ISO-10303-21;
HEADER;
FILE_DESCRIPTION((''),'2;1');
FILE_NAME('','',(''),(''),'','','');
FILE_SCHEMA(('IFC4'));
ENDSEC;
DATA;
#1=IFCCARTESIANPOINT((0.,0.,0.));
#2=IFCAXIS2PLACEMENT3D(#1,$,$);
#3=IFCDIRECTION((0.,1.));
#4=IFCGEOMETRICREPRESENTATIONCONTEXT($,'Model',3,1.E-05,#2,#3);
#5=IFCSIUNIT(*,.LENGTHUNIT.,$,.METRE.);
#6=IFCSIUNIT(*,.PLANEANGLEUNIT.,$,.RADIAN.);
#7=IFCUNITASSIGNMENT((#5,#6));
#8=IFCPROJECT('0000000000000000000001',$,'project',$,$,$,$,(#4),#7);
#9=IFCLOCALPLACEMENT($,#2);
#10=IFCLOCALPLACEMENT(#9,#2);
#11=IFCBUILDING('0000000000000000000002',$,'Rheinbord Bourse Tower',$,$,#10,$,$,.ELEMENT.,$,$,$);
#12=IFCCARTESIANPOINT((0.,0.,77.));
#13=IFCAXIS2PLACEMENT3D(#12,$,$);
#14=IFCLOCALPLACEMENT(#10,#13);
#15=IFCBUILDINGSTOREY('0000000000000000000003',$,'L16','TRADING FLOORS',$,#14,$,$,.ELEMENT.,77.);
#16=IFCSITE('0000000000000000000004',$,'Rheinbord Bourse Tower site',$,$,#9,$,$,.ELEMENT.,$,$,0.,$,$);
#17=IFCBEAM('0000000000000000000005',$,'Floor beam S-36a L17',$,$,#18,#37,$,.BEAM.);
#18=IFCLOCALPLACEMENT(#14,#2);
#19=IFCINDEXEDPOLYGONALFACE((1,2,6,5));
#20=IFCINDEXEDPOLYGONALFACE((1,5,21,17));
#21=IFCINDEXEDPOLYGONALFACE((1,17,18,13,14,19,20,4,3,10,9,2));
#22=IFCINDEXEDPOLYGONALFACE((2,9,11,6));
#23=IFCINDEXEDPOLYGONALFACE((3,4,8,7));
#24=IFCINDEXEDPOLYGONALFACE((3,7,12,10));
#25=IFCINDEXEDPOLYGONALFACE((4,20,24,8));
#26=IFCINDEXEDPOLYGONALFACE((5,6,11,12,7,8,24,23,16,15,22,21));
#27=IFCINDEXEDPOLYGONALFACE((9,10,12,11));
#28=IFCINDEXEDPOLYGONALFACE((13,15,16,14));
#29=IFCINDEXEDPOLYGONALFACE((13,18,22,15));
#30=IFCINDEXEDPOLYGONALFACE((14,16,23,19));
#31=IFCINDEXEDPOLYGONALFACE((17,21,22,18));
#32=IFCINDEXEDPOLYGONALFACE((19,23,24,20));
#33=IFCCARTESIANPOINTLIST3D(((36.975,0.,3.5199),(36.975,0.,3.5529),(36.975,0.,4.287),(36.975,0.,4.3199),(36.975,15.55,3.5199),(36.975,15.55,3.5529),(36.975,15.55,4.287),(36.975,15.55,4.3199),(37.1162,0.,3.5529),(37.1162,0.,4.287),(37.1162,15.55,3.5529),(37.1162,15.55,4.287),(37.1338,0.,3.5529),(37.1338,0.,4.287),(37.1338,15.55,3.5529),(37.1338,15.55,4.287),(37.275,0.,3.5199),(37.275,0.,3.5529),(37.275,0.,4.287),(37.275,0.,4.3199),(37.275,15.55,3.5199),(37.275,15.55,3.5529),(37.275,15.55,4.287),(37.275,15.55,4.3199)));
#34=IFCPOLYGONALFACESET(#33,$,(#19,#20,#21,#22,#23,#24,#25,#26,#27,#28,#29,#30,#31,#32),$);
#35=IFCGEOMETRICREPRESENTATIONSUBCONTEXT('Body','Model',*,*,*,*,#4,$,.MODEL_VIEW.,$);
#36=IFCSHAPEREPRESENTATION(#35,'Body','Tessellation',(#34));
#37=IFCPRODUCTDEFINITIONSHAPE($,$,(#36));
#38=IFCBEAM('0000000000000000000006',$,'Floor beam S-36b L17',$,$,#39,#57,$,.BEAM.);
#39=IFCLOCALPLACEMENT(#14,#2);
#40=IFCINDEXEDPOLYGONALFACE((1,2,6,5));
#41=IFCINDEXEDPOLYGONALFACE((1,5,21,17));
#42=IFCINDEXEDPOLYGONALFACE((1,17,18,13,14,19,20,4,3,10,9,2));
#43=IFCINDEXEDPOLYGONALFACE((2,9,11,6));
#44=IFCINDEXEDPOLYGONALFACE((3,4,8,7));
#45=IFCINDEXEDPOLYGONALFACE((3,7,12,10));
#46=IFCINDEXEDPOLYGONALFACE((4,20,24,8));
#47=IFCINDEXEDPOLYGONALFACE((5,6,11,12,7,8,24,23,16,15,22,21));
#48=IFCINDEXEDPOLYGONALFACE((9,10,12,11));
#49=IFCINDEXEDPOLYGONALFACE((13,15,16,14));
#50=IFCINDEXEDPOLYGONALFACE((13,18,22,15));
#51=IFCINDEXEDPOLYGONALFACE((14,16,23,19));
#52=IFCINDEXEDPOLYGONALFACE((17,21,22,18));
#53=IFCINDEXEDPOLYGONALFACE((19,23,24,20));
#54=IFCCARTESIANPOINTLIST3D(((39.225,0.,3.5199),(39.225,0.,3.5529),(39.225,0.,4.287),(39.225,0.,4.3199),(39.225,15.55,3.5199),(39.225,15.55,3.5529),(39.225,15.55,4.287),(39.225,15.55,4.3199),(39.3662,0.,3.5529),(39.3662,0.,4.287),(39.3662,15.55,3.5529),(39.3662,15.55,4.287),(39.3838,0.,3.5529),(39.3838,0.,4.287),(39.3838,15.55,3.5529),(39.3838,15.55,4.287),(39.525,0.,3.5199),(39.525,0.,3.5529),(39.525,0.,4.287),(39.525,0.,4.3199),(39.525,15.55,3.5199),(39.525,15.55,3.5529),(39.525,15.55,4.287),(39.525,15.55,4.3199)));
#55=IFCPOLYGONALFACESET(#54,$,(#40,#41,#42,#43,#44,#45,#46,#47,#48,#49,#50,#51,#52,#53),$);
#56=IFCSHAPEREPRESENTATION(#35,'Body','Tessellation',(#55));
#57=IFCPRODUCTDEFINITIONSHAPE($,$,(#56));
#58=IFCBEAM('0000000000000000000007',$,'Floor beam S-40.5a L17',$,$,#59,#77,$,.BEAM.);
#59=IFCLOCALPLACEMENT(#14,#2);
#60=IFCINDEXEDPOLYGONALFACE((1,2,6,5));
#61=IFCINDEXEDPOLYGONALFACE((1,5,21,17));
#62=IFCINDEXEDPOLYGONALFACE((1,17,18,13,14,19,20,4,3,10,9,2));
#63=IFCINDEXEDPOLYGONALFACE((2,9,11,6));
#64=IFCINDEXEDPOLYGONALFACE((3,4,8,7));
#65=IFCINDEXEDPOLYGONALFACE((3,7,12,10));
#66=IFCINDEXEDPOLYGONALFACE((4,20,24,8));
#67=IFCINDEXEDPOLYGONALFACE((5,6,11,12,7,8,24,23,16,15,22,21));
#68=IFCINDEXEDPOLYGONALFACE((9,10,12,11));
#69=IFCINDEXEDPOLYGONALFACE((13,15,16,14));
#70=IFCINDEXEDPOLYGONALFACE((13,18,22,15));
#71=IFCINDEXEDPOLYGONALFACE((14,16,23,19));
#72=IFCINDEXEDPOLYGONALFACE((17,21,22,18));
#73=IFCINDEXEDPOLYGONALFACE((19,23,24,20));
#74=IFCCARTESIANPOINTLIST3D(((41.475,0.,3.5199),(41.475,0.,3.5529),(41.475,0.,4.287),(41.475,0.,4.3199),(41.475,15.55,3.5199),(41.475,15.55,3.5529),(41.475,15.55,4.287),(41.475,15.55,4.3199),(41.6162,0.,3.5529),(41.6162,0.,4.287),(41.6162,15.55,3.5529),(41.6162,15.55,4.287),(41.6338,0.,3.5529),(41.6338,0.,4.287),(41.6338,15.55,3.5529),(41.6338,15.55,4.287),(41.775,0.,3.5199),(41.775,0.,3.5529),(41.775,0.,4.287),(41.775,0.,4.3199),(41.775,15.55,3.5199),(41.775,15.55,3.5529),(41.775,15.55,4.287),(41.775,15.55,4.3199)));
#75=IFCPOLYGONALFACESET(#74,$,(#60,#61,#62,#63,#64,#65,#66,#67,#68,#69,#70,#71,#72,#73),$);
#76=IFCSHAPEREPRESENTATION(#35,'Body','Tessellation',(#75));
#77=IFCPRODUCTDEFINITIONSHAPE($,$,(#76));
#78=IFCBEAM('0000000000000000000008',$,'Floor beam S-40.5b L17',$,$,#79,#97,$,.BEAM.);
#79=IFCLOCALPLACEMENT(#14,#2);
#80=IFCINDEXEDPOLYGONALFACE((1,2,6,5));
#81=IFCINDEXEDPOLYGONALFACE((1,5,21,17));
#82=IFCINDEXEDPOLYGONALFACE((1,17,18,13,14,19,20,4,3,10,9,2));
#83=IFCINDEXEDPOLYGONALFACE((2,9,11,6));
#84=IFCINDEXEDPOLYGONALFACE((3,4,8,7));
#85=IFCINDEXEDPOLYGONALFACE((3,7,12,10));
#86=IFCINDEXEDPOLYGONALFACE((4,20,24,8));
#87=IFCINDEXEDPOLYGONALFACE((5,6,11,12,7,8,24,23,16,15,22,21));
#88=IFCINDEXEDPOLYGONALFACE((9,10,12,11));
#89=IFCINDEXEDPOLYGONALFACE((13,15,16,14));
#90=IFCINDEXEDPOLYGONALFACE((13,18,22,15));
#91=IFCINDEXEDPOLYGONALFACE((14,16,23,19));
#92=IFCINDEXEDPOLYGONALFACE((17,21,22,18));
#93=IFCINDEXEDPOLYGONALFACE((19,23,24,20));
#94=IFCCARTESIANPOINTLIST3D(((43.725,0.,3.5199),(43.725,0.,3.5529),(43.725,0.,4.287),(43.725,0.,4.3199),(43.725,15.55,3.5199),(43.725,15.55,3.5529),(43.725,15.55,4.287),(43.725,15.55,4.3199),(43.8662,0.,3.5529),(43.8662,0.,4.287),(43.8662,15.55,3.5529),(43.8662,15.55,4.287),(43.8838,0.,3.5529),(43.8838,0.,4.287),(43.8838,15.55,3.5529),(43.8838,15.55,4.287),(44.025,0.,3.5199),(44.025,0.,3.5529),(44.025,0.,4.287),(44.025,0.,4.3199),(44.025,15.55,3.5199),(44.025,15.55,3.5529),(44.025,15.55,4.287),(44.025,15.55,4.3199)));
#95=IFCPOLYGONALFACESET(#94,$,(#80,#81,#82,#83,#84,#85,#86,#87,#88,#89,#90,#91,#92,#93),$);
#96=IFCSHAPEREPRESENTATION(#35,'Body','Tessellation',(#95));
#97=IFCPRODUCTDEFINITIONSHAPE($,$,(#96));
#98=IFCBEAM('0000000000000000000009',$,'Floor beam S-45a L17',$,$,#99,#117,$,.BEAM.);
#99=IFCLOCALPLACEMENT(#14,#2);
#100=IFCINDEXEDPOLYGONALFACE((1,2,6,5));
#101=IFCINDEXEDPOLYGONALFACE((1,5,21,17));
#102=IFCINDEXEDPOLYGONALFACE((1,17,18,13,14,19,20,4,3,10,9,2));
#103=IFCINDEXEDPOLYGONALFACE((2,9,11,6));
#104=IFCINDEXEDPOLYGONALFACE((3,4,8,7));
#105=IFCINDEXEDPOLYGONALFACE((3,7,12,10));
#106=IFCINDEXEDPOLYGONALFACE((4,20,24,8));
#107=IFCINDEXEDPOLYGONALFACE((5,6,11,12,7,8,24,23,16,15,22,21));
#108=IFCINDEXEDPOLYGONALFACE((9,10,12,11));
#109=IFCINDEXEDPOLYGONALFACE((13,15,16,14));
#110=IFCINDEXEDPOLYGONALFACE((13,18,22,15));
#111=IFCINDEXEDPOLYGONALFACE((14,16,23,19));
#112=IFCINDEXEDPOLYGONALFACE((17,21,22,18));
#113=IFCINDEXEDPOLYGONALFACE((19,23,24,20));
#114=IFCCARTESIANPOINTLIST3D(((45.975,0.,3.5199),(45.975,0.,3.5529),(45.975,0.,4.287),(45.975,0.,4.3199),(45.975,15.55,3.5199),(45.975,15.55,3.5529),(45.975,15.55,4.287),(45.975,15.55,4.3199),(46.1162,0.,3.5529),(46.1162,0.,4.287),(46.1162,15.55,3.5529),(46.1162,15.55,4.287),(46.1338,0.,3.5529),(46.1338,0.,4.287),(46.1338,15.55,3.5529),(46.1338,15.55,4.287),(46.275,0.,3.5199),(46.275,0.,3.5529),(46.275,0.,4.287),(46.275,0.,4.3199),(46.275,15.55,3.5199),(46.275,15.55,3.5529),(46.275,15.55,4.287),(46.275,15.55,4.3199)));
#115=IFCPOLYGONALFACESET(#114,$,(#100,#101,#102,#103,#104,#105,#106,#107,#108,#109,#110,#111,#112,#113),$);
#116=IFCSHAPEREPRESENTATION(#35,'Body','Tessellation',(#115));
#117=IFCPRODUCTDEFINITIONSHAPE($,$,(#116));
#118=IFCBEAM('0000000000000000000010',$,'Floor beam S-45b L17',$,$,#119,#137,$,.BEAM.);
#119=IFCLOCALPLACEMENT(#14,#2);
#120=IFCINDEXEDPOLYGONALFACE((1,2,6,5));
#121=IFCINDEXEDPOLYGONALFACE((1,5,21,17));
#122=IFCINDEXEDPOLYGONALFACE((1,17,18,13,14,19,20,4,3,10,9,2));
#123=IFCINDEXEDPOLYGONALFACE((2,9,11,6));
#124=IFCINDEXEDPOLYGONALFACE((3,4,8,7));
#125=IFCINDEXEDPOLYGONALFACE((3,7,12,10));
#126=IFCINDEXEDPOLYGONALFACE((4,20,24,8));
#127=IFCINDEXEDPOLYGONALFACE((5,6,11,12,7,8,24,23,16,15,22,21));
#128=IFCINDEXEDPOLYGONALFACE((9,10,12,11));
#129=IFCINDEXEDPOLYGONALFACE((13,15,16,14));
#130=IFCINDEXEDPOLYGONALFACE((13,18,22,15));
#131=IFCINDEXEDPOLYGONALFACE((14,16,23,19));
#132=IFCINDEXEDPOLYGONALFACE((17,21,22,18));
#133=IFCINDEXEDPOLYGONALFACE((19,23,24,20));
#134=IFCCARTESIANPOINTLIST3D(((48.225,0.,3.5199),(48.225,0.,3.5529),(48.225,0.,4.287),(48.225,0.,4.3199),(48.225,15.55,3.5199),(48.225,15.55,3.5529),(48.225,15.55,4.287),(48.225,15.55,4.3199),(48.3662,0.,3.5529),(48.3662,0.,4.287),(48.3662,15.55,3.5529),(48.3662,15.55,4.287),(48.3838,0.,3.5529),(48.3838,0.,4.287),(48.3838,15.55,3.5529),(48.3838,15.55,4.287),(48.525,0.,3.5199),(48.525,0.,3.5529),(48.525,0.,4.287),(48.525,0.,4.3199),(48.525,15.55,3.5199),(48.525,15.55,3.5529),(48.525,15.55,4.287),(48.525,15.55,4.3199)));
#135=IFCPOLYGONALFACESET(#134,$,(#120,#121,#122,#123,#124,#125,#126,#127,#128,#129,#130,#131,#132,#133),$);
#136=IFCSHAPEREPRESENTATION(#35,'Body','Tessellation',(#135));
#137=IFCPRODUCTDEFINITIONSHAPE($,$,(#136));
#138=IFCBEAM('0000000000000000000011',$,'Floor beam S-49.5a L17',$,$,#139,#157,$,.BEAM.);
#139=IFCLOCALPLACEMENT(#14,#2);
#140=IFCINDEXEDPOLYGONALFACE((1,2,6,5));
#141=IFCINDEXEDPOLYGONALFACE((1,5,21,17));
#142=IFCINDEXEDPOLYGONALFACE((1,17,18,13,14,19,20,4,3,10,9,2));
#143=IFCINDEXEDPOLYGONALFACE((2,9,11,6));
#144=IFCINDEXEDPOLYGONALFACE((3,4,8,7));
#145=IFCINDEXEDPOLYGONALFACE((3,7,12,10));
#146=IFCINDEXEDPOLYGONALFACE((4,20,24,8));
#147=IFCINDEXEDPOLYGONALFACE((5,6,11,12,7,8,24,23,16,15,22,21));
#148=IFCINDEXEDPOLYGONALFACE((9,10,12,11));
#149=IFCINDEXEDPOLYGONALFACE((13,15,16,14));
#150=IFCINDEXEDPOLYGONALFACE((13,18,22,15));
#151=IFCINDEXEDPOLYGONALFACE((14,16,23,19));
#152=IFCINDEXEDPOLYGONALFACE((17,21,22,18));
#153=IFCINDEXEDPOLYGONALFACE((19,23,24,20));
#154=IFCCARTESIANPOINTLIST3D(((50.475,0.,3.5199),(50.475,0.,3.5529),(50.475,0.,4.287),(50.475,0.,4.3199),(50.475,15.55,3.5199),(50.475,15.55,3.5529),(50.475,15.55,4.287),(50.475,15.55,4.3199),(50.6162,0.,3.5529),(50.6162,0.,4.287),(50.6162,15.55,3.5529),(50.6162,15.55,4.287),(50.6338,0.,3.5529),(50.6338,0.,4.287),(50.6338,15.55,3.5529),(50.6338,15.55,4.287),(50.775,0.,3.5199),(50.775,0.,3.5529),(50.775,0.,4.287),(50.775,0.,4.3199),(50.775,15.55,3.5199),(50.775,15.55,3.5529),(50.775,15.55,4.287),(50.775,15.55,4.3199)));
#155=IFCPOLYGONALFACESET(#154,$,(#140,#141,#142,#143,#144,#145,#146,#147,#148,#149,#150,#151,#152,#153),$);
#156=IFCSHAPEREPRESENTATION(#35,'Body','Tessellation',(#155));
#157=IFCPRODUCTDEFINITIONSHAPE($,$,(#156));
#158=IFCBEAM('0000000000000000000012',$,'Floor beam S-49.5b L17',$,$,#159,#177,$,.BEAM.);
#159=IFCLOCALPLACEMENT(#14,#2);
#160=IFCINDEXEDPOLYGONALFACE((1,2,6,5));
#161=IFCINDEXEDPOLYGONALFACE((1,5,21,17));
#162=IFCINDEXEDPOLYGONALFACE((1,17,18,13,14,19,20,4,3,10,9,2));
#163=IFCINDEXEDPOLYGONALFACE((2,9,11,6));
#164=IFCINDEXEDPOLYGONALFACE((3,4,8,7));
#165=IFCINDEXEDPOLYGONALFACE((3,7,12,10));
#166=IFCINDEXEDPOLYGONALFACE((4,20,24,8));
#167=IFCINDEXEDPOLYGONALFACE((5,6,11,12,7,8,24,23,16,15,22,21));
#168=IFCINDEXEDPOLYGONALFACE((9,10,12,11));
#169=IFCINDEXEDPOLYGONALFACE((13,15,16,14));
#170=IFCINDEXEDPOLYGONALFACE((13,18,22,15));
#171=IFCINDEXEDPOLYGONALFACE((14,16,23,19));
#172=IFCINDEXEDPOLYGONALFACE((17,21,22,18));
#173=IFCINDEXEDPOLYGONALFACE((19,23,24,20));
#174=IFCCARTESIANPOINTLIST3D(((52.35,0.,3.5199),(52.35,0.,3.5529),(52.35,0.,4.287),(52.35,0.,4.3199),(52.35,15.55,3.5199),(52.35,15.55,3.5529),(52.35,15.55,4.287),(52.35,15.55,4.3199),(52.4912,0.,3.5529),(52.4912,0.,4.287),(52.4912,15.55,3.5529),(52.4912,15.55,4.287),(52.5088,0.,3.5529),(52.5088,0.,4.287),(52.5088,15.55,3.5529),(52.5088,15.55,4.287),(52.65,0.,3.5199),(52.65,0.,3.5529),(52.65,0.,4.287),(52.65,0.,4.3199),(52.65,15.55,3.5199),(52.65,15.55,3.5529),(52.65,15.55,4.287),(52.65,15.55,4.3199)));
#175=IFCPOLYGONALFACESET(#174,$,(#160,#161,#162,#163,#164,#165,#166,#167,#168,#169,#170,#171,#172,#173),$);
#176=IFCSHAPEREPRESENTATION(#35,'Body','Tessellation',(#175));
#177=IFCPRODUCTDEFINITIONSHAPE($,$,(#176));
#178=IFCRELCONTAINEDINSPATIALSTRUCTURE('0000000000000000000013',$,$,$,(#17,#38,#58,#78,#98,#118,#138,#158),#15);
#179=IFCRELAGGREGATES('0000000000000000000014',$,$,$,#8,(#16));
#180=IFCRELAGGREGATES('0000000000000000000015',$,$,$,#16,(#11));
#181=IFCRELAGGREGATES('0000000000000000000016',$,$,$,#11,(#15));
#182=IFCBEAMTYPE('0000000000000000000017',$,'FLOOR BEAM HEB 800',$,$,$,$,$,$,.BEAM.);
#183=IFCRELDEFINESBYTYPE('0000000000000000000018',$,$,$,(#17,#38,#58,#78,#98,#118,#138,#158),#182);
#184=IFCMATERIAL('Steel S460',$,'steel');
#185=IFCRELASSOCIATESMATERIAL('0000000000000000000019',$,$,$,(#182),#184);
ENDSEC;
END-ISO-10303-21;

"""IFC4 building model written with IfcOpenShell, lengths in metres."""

from ifc_helpers import new_model, si_unit, direction, frame, origin, origin_2d, place, context, subcontext, project, spatial, i_section, extrude, material, material_profile, profile_set, type_object, element, save


model = new_model("IFC4")

# Units and contexts
model_context = context("Model", 3, precision=1e-05, world=origin(), true_north=direction((0.0, 1.0)))
body_context = subcontext(model_context, "Body", "Model", "MODEL_VIEW")
ifc_project = project(units=[si_unit("LENGTHUNIT", "METRE"), si_unit("PLANEANGLEUNIT", "RADIAN")], contexts=[model_context])

# Site, building, storey
site_placement = place(None, origin())
site = spatial("IfcSite", under=ifc_project, at=site_placement, Name="Rheinbord Bourse Tower site", CompositionType="ELEMENT", RefElevation=0.0)
building_placement = place(site_placement, origin())
building = spatial("IfcBuilding", under=site, at=building_placement, Name="Rheinbord Bourse Tower", CompositionType="ELEMENT")
storey_placement = place(building_placement, frame((0.0, 0.0, 77.0)))
storey = spatial("IfcBuildingStorey", under=building, at=storey_placement, Name="L16", Description="TRADING FLOORS", CompositionType="ELEMENT", Elevation=77.0)

# Beams
ifc_material_1 = material(Name="Steel S460", Category="steel")
ifc_material_profile_1 = material_profile(ifc_material_1, i_section(OverallWidth=0.3, OverallDepth=0.8, WebThickness=0.0176, FlangeThickness=0.033, at=origin_2d()), Name="HEB 800")
ifc_profile_set_1 = profile_set([ifc_material_profile_1], Name="Steel S460")
beam_type_1 = type_object("IfcBeamType", Name="FLOOR BEAM HEB 800", PredefinedType="BEAM", material=ifc_profile_set_1)
for number, where, z_axis, x_axis, name in (
    (1, (37.125, 0.0, 3.9199), (0.0, 1.0, 0.0), (-1.0, 0.0, 0.0), "Floor beam S-36a L17"),
    (2, (39.375, 0.0, 3.9199), (0.0, 1.0, 0.0), (-1.0, 0.0, 0.0), "Floor beam S-36b L17"),
    (3, (41.625, 0.0, 3.9199), (0.0, 1.0, 0.0), (-1.0, 0.0, 0.0), "Floor beam S-40.5a L17"),
    (4, (43.875, 0.0, 3.9199), (0.0, 1.0, 0.0), (-1.0, 0.0, 0.0), "Floor beam S-40.5b L17"),
    (5, (46.125, 0.0, 3.9199), (0.0, 1.0, 0.0), (-1.0, 0.0, 0.0), "Floor beam S-45a L17"),
    (6, (48.375, 0.0, 3.9199), (0.0, 1.0, 0.0), (-1.0, 0.0, 0.0), "Floor beam S-45b L17"),
    (7, (50.625, 0.0, 3.9199), (0.0, 1.0, 0.0), (-1.0, 0.0, 0.0), "Floor beam S-49.5a L17"),
    (8, (52.5, 0.0, 3.9199), (0.0, 1.0, 0.0), (-1.0, 0.0, 0.0), "Floor beam S-49.5b L17"),
):
    element("IfcBeam", number, at=place(storey_placement, frame(where, z_axis=z_axis, x_axis=x_axis)), inside=storey, type_object=beam_type_1, Name=name, PredefinedType="BEAM", context=body_context, shape_type="SweptSolid", body=[
        extrude(i_section(OverallWidth=0.3, OverallDepth=0.8, WebThickness=0.0176, FlangeThickness=0.033, at=origin_2d()), origin(), (0.0, 0.0, 1.0), 15.55),
    ])

save(model, "model.ifc")
